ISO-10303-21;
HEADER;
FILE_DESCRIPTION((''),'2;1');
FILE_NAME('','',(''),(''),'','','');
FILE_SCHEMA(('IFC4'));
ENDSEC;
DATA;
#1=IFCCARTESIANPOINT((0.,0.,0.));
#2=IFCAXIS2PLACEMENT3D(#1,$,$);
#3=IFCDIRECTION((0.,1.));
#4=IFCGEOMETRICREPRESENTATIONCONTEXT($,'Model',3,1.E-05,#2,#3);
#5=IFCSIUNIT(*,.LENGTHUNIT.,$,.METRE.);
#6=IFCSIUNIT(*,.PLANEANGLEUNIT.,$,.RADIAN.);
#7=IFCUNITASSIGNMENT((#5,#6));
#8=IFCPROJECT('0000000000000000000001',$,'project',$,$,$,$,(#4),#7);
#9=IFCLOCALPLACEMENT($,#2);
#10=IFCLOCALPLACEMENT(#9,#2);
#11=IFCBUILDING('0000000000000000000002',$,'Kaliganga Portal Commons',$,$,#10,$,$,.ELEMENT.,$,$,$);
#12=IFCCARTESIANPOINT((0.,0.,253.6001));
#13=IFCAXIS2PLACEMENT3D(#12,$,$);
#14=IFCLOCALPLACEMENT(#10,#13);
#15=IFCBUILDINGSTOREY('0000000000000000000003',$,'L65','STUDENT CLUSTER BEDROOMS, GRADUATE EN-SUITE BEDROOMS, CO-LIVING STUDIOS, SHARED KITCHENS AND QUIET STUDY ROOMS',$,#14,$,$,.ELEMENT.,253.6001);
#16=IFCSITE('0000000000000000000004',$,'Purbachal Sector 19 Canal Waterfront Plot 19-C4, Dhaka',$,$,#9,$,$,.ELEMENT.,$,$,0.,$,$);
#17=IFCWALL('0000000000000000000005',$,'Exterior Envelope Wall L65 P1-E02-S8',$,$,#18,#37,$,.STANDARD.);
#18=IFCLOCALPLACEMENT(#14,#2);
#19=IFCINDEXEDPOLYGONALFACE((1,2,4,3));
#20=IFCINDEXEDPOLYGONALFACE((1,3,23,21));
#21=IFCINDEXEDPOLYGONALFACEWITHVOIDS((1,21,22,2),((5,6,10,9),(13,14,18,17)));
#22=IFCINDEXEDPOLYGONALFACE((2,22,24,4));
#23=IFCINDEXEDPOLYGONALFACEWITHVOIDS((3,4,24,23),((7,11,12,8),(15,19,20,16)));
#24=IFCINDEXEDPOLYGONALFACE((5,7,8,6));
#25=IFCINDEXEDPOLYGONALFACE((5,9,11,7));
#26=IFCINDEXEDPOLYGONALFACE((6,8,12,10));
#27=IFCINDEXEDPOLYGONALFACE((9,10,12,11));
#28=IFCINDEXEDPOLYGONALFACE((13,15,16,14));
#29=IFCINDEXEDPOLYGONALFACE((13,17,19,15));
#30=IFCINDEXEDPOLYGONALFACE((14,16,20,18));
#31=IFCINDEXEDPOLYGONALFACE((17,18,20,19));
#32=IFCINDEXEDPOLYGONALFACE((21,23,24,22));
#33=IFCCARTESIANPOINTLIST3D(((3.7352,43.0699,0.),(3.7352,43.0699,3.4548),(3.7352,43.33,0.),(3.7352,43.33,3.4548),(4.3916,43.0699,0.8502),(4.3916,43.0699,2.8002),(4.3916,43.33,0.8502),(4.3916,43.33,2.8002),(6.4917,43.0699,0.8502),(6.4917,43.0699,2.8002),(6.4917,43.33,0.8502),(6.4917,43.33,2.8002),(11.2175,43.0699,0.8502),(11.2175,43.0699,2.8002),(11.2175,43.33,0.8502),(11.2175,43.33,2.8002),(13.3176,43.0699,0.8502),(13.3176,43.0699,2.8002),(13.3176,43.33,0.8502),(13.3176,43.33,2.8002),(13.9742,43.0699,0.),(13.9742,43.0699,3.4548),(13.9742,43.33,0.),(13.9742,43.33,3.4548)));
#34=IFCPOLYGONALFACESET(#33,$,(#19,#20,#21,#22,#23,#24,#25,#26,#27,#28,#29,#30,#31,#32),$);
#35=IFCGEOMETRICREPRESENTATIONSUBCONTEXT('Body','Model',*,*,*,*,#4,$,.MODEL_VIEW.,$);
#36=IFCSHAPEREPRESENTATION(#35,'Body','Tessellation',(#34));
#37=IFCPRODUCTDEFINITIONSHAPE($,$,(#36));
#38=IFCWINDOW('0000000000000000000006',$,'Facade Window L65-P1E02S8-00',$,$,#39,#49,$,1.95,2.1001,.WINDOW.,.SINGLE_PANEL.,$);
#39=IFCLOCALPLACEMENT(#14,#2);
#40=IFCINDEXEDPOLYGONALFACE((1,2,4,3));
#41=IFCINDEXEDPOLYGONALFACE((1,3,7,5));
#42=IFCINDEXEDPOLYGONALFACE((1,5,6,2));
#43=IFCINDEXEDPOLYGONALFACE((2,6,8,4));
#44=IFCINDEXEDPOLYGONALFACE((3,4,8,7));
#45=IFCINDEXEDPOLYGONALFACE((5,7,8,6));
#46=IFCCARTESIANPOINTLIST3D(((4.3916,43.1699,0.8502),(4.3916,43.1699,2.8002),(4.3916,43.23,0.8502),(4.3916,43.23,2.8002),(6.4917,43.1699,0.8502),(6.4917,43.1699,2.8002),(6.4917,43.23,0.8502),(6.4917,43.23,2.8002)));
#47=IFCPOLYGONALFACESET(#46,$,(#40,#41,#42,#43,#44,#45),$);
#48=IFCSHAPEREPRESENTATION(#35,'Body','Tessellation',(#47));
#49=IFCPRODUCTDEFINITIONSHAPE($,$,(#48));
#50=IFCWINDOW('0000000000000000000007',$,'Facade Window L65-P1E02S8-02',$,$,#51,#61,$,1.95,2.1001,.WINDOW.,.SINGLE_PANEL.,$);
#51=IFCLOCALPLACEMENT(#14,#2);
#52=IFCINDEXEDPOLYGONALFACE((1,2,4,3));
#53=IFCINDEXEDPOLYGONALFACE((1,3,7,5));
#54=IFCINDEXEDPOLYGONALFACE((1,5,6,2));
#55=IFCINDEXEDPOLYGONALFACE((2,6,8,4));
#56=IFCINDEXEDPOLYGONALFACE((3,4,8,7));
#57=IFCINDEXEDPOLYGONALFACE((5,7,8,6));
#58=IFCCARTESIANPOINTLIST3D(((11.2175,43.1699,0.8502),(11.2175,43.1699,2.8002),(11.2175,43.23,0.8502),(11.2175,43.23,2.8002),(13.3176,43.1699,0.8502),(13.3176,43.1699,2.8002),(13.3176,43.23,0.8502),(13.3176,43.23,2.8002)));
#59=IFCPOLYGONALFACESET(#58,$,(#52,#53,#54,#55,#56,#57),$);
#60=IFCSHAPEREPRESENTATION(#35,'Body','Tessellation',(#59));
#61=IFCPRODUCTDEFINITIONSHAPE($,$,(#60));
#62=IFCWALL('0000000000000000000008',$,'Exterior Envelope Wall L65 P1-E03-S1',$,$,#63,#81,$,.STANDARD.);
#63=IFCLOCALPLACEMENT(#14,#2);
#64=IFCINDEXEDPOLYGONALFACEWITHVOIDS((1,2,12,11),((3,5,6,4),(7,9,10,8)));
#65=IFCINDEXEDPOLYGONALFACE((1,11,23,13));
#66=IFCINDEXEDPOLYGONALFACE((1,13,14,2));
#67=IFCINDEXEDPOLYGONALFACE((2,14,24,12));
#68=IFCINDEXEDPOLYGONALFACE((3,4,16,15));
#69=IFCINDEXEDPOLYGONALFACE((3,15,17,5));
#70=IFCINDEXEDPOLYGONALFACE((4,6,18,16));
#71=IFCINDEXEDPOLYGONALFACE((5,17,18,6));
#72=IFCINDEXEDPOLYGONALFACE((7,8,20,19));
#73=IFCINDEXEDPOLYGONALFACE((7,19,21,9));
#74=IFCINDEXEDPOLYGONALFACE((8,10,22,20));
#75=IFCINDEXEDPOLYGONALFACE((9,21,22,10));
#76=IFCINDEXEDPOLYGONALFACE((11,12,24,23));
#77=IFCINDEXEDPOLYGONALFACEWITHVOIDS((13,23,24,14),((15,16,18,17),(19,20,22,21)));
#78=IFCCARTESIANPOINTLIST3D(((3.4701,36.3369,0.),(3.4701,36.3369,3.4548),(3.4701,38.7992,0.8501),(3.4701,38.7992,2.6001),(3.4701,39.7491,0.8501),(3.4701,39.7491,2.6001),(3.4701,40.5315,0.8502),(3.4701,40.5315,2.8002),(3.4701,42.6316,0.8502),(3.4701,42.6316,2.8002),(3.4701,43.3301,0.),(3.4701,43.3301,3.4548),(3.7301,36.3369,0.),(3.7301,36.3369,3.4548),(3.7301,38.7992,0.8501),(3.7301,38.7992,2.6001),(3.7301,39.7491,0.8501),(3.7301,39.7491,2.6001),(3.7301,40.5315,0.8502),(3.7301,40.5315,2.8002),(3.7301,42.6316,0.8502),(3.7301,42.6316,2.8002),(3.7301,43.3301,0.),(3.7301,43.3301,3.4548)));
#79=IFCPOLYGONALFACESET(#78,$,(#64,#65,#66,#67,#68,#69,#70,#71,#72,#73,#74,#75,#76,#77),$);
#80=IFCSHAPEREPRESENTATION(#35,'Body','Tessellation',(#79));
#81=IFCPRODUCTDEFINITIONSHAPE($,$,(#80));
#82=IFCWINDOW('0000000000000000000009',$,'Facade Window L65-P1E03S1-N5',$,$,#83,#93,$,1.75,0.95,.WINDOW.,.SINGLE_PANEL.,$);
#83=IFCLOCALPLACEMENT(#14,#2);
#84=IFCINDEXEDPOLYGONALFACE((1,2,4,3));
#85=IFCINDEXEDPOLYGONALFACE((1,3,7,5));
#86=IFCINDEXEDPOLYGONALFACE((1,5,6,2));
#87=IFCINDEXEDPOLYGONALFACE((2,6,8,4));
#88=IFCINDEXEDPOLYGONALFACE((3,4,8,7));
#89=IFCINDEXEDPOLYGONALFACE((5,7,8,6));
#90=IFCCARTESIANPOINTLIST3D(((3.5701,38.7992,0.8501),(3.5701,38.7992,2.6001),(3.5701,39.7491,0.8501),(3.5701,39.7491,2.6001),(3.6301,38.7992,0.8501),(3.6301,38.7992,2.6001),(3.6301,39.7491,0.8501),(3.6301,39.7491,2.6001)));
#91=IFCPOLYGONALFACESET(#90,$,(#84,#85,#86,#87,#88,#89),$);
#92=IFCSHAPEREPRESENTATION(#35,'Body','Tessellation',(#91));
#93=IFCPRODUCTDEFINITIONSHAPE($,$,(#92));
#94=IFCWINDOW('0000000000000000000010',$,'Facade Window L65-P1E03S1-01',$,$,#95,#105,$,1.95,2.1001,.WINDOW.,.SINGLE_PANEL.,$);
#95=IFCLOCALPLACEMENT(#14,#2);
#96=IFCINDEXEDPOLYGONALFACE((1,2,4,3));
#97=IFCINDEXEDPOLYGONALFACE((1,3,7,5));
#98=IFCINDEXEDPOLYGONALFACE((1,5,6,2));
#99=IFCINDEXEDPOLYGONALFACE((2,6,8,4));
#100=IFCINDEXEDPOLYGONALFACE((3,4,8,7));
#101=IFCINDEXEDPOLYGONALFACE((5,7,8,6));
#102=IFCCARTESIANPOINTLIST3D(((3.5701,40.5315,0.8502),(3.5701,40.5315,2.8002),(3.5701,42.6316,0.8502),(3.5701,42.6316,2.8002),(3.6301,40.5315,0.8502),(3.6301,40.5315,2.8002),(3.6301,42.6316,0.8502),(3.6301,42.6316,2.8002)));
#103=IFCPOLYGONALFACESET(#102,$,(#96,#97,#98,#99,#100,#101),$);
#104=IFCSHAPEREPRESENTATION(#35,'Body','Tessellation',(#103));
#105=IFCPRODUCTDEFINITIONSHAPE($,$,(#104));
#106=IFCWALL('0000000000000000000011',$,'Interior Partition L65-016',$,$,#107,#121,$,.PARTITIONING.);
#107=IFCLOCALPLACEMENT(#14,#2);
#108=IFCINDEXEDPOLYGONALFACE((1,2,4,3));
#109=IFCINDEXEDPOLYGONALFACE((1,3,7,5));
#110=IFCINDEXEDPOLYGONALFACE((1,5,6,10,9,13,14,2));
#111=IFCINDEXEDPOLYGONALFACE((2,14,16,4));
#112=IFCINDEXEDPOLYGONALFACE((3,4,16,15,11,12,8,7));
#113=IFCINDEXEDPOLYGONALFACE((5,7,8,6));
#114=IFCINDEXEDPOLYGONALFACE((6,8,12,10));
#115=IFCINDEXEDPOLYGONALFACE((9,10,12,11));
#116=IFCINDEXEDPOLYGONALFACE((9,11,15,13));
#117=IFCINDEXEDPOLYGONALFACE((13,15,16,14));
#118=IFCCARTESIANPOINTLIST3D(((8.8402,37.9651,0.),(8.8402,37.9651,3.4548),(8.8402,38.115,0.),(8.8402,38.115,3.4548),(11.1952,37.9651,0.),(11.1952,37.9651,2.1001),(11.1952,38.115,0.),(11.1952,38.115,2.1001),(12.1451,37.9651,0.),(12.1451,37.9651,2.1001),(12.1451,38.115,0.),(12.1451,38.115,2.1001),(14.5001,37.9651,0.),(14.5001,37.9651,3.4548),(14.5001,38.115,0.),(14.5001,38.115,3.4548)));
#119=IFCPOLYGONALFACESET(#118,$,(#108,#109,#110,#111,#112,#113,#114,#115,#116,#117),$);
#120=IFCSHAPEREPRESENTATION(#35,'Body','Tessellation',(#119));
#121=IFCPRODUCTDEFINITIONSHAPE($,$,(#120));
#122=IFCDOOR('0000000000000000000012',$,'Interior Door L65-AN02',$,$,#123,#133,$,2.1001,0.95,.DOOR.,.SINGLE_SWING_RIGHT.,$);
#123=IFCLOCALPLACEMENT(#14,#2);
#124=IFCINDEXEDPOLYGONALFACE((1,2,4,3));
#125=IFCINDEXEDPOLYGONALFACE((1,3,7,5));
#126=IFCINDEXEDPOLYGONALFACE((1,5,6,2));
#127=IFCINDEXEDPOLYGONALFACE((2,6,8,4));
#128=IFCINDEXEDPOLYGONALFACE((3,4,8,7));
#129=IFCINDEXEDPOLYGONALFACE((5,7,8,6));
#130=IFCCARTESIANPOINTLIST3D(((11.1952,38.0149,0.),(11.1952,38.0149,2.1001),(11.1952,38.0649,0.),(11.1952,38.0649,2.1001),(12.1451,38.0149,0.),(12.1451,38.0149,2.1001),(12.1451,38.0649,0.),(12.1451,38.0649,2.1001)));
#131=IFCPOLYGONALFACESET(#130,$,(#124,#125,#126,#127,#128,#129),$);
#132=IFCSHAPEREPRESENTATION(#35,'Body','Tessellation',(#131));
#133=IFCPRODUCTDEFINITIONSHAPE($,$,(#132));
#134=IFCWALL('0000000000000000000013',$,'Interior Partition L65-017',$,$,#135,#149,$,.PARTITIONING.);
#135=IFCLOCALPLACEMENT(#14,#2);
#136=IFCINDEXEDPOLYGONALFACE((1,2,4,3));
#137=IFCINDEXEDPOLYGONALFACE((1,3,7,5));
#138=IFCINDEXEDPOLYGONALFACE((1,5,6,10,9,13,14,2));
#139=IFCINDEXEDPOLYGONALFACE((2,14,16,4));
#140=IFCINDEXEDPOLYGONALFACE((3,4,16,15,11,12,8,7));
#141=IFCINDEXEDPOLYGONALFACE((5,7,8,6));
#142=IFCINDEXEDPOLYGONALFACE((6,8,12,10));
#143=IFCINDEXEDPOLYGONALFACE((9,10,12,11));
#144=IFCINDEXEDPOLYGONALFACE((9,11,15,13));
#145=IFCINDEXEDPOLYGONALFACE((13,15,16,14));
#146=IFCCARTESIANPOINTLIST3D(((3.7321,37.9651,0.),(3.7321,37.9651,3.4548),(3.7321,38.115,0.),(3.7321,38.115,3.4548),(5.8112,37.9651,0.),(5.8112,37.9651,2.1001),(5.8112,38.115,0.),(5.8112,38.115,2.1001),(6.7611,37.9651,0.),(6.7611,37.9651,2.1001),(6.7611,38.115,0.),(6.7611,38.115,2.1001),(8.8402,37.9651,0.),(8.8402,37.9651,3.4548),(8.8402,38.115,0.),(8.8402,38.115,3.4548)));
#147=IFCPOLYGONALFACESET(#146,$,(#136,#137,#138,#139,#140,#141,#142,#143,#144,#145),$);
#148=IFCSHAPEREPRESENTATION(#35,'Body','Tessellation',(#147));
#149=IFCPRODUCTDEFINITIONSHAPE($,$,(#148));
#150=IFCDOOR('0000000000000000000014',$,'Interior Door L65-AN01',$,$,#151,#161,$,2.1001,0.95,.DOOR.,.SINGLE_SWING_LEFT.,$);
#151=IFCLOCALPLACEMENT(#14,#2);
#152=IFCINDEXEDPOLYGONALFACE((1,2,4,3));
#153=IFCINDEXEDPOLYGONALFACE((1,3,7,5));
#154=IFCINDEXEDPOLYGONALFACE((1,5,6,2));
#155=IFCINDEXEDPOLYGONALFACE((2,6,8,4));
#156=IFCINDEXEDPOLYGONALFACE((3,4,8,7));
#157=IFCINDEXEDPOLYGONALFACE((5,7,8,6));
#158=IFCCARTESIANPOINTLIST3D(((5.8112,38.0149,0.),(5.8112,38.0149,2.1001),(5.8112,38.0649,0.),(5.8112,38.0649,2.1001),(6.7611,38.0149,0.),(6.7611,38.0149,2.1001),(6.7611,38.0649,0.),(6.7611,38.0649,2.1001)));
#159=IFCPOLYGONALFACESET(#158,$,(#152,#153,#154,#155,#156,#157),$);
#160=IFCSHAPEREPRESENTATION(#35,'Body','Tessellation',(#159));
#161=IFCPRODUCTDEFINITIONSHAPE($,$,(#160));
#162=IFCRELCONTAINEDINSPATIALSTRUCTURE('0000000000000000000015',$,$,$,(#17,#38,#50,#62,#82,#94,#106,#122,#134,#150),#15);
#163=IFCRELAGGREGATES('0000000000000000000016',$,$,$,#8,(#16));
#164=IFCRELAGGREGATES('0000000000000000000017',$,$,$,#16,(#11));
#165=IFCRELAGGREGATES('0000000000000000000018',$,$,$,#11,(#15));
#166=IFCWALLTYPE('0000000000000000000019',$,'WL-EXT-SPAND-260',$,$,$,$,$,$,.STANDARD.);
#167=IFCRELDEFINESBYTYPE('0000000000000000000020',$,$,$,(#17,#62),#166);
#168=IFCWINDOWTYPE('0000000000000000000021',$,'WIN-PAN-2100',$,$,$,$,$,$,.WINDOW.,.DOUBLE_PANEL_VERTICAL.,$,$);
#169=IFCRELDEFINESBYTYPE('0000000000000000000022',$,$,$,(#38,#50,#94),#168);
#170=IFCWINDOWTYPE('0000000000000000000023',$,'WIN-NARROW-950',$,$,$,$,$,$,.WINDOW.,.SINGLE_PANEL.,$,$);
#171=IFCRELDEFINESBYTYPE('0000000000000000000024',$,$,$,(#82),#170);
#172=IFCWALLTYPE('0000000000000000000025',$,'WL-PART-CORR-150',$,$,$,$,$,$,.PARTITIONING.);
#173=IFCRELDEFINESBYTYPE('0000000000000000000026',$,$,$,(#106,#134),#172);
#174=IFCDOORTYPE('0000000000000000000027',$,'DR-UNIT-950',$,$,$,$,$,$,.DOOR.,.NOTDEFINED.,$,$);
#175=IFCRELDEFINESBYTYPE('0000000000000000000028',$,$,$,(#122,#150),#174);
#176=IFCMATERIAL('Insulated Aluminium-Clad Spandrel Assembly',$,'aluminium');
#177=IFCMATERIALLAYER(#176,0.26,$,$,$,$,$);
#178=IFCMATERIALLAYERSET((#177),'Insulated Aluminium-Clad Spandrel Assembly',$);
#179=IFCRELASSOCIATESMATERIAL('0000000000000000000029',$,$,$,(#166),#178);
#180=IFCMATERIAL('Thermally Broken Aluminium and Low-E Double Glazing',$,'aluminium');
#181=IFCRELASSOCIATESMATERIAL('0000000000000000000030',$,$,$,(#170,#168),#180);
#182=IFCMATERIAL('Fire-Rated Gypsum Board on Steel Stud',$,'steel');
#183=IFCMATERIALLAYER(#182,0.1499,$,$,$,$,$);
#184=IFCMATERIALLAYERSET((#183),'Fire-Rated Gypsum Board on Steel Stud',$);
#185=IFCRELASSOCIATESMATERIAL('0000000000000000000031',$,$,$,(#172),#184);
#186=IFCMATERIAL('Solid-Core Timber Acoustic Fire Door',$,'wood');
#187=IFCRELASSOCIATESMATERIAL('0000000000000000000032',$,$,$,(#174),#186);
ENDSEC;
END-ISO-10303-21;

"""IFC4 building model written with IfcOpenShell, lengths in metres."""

from ifc_helpers import new_model, si_unit, direction, frame, frame_2d, origin, place, context, subcontext, project, spatial, rectangle, extrude, material, layer, layer_set, type_object, element, fill, save


model = new_model("IFC4")

# Units and contexts
model_context = context("Model", 3, precision=1e-05, world=origin(), true_north=direction((0.0, 1.0)))
body_context = subcontext(model_context, "Body", "Model", "MODEL_VIEW")
ifc_project = project(units=[si_unit("LENGTHUNIT", "METRE"), si_unit("PLANEANGLEUNIT", "RADIAN")], contexts=[model_context])

# Site, building, storey
site_placement = place(None, origin())
site = spatial("IfcSite", under=ifc_project, at=site_placement, Name="Purbachal Sector 19 Canal Waterfront Plot 19-C4, Dhaka", CompositionType="ELEMENT", RefElevation=0.0)
building_placement = place(site_placement, origin())
building = spatial("IfcBuilding", under=site, at=building_placement, Name="Kaliganga Portal Commons", CompositionType="ELEMENT")
storey_placement = place(building_placement, frame((0.0, 0.0, 253.6001)))
storey = spatial("IfcBuildingStorey", under=building, at=storey_placement, Name="L65", Description="STUDENT CLUSTER BEDROOMS, GRADUATE EN-SUITE BEDROOMS, CO-LIVING STUDIOS, SHARED KITCHENS AND QUIET STUDY ROOMS", CompositionType="ELEMENT", Elevation=253.6001)

# Shared definitions
ifc_material_1 = material(Name="Insulated Aluminium-Clad Spandrel Assembly", Category="aluminium")
ifc_layer_1 = layer(ifc_material_1, 0.26)
ifc_layer_set_1 = layer_set([ifc_layer_1], Name="Insulated Aluminium-Clad Spandrel Assembly")
wall_type_1 = type_object("IfcWallType", Name="WL-EXT-SPAND-260", PredefinedType="STANDARD", material=ifc_layer_set_1)
ifc_material_2 = material(Name="Thermally Broken Aluminium and Low-E Double Glazing", Category="aluminium")
window_type_1 = type_object("IfcWindowType", Name="WIN-NARROW-950", PartitioningType="SINGLE_PANEL", PredefinedType="WINDOW", material=ifc_material_2)

# Walls, openings, windows
wall_1_placement = place(storey_placement, frame((3.7351, 43.2, 0.0), z_axis=(0.0, 0.0, 1.0), x_axis=(1.0, 0.0, 0.0)))
wall_1 = element("IfcWall", 1, at=wall_1_placement, inside=storey, type_object=wall_type_1, Name="Exterior Envelope Wall L65 P1-E02-S8", PredefinedType="STANDARD", context=body_context, shape_type="SweptSolid", body=[
    extrude(rectangle(XDim=10.239, YDim=0.26, at=frame_2d((5.1196, 0.0))), origin(), (0.0, 0.0, 1.0), 3.4548),
])
opening_1_placement = place(wall_1_placement, frame((0.6565, 0.0, 0.8501)))
opening_1 = element("IfcOpeningElement", 2, at=opening_1_placement, cuts=wall_1, PredefinedType="OPENING", context=body_context, shape_type="SweptSolid", body=[
    extrude(rectangle(XDim=2.1001, YDim=1.95, at=frame_2d((1.05, 0.9751))), frame((0.0, 0.1401, 0.0), z_axis=(0.0, -1.0, 0.0), x_axis=(1.0, 0.0, 0.0)), (0.0, 0.0, 1.0), 0.28),
])
opening_2_placement = place(wall_1_placement, frame((7.4824, 0.0, 0.8501)))
opening_2 = element("IfcOpeningElement", 3, at=opening_2_placement, cuts=wall_1, PredefinedType="OPENING", context=body_context, shape_type="SweptSolid", body=[
    extrude(rectangle(XDim=2.1001, YDim=1.95, at=frame_2d((1.05, 0.9751))), frame((0.0, 0.1401, 0.0), z_axis=(0.0, -1.0, 0.0), x_axis=(1.0, 0.0, 0.0)), (0.0, 0.0, 1.0), 0.28),
])
window_type_2 = type_object("IfcWindowType", Name="WIN-PAN-2100", PartitioningType="DOUBLE_PANEL_VERTICAL", PredefinedType="WINDOW", material=ifc_material_2)
window_1_placement = place(opening_1_placement, origin())
window_1 = element("IfcWindow", 4, at=window_1_placement, inside=storey, type_object=window_type_2, Name="Facade Window L65-P1E02S8-00", OverallHeight=1.95, OverallWidth=2.1001, PartitioningType="SINGLE_PANEL", PredefinedType="WINDOW", context=body_context, shape_type="SweptSolid", body=[
    extrude(rectangle(XDim=2.1001, YDim=1.95, at=frame_2d((1.05, 0.9751))), frame((0.0, 0.03, 0.0), z_axis=(0.0, -1.0, 0.0), x_axis=(1.0, 0.0, 0.0)), (0.0, 0.0, 1.0), 0.0601),
])
fill(opening_1, window_1)
window_2_placement = place(opening_2_placement, origin())
window_2 = element("IfcWindow", 5, at=window_2_placement, inside=storey, type_object=window_type_2, Name="Facade Window L65-P1E02S8-02", OverallHeight=1.95, OverallWidth=2.1001, PartitioningType="SINGLE_PANEL", PredefinedType="WINDOW", context=body_context, shape_type="SweptSolid", body=[
    extrude(rectangle(XDim=2.1001, YDim=1.95, at=frame_2d((1.05, 0.9751))), frame((0.0, 0.03, 0.0), z_axis=(0.0, -1.0, 0.0), x_axis=(1.0, 0.0, 0.0)), (0.0, 0.0, 1.0), 0.0601),
])
fill(opening_2, window_2)
wall_2_placement = place(storey_placement, frame((3.6001, 36.3369, 0.0), z_axis=(0.0, 0.0, 1.0), x_axis=(0.0, 1.0, 0.0)))
wall_2 = element("IfcWall", 6, at=wall_2_placement, inside=storey, type_object=wall_type_1, Name="Exterior Envelope Wall L65 P1-E03-S1", PredefinedType="STANDARD", context=body_context, shape_type="SweptSolid", body=[
    extrude(rectangle(XDim=6.9932, YDim=0.26, at=frame_2d((3.4966, 0.0))), origin(), (0.0, 0.0, 1.0), 3.4548),
])
opening_3_placement = place(wall_2_placement, frame((4.1946, 0.0, 0.8501)))
opening_3 = element("IfcOpeningElement", 7, at=opening_3_placement, cuts=wall_2, PredefinedType="OPENING", context=body_context, shape_type="SweptSolid", body=[
    extrude(rectangle(XDim=2.1001, YDim=1.95, at=frame_2d((1.05, 0.9751))), frame((0.0, 0.1401, 0.0), z_axis=(0.0, -1.0, 0.0), x_axis=(1.0, 0.0, 0.0)), (0.0, 0.0, 1.0), 0.28),
])
opening_4_placement = place(wall_2_placement, frame((2.4622, 0.0, 0.8501)))
opening_4 = element("IfcOpeningElement", 8, at=opening_4_placement, cuts=wall_2, PredefinedType="OPENING", context=body_context, shape_type="SweptSolid", body=[
    extrude(rectangle(XDim=0.95, YDim=1.75, at=frame_2d((0.4751, 0.875))), frame((0.0, 0.1401, 0.0), z_axis=(0.0, -1.0, 0.0), x_axis=(1.0, 0.0, 0.0)), (0.0, 0.0, 1.0), 0.28),
])
window_3_placement = place(opening_4_placement, origin())
window_3 = element("IfcWindow", 9, at=window_3_placement, inside=storey, type_object=window_type_1, Name="Facade Window L65-P1E03S1-N5", OverallHeight=1.75, OverallWidth=0.95, PartitioningType="SINGLE_PANEL", PredefinedType="WINDOW", context=body_context, shape_type="SweptSolid", body=[
    extrude(rectangle(XDim=0.95, YDim=1.75, at=frame_2d((0.4751, 0.875))), frame((0.0, 0.03, 0.0), z_axis=(0.0, -1.0, 0.0), x_axis=(1.0, 0.0, 0.0)), (0.0, 0.0, 1.0), 0.0601),
])
fill(opening_4, window_3)
window_4_placement = place(opening_3_placement, origin())
window_4 = element("IfcWindow", 10, at=window_4_placement, inside=storey, type_object=window_type_2, Name="Facade Window L65-P1E03S1-01", OverallHeight=1.95, OverallWidth=2.1001, PartitioningType="SINGLE_PANEL", PredefinedType="WINDOW", context=body_context, shape_type="SweptSolid", body=[
    extrude(rectangle(XDim=2.1001, YDim=1.95, at=frame_2d((1.05, 0.9751))), frame((0.0, 0.03, 0.0), z_axis=(0.0, -1.0, 0.0), x_axis=(1.0, 0.0, 0.0)), (0.0, 0.0, 1.0), 0.0601),
])
fill(opening_3, window_4)

# Walls, openings, doors
ifc_material_3 = material(Name="Fire-Rated Gypsum Board on Steel Stud", Category="steel")
ifc_layer_2 = layer(ifc_material_3, 0.1499)
ifc_layer_set_2 = layer_set([ifc_layer_2], Name="Fire-Rated Gypsum Board on Steel Stud")
wall_type_2 = type_object("IfcWallType", Name="WL-PART-CORR-150", PredefinedType="PARTITIONING", material=ifc_layer_set_2)
wall_3_placement = place(storey_placement, frame((8.8401, 38.04, 0.0), z_axis=(0.0, 0.0, 1.0), x_axis=(1.0, 0.0, 0.0)))
wall_3 = element("IfcWall", 11, at=wall_3_placement, inside=storey, type_object=wall_type_2, Name="Interior Partition L65-016", PredefinedType="PARTITIONING", context=body_context, shape_type="SweptSolid", body=[
    extrude(rectangle(XDim=5.6599, YDim=0.1499, at=frame_2d((2.8301, 0.0))), origin(), (0.0, 0.0, 1.0), 3.4548),
])
opening_5_placement = place(wall_3_placement, frame((2.355, 0.0, 0.0)))
opening_5 = element("IfcOpeningElement", 12, at=opening_5_placement, cuts=wall_3, PredefinedType="OPENING", context=body_context, shape_type="SweptSolid", body=[
    extrude(rectangle(XDim=0.95, YDim=2.1001, at=frame_2d((0.4751, 1.05))), frame((0.0, 0.085, 0.0), z_axis=(0.0, -1.0, 0.0), x_axis=(1.0, 0.0, 0.0)), (0.0, 0.0, 1.0), 0.1699),
])
ifc_material_4 = material(Name="Solid-Core Timber Acoustic Fire Door", Category="wood")
door_type_1 = type_object("IfcDoorType", Name="DR-UNIT-950", OperationType="NOTDEFINED", PredefinedType="DOOR", material=ifc_material_4)
door_1_placement = place(opening_5_placement, origin())
door_1 = element("IfcDoor", 13, at=door_1_placement, inside=storey, type_object=door_type_1, Name="Interior Door L65-AN02", OperationType="SINGLE_SWING_RIGHT", OverallHeight=2.1001, OverallWidth=0.95, PredefinedType="DOOR", context=body_context, shape_type="SweptSolid", body=[
    extrude(rectangle(XDim=0.95, YDim=2.1001, at=frame_2d((0.4751, 1.05))), frame((0.0, 0.0249, 0.0), z_axis=(0.0, -1.0, 0.0), x_axis=(1.0, 0.0, 0.0)), (0.0, 0.0, 1.0), 0.05),
])
fill(opening_5, door_1)
wall_4_placement = place(storey_placement, frame((3.7319, 38.04, 0.0), z_axis=(0.0, 0.0, 1.0), x_axis=(1.0, 0.0, 0.0)))
wall_4 = element("IfcWall", 14, at=wall_4_placement, inside=storey, type_object=wall_type_2, Name="Interior Partition L65-017", PredefinedType="PARTITIONING", context=body_context, shape_type="SweptSolid", body=[
    extrude(rectangle(XDim=5.1082, YDim=0.1499, at=frame_2d((2.5542, 0.0))), origin(), (0.0, 0.0, 1.0), 3.4548),
])
opening_6_placement = place(wall_4_placement, frame((2.0791, 0.0, 0.0)))
opening_6 = element("IfcOpeningElement", 15, at=opening_6_placement, cuts=wall_4, PredefinedType="OPENING", context=body_context, shape_type="SweptSolid", body=[
    extrude(rectangle(XDim=0.95, YDim=2.1001, at=frame_2d((0.4751, 1.05))), frame((0.0, 0.085, 0.0), z_axis=(0.0, -1.0, 0.0), x_axis=(1.0, 0.0, 0.0)), (0.0, 0.0, 1.0), 0.1699),
])
door_2_placement = place(opening_6_placement, origin())
door_2 = element("IfcDoor", 16, at=door_2_placement, inside=storey, type_object=door_type_1, Name="Interior Door L65-AN01", OperationType="SINGLE_SWING_LEFT", OverallHeight=2.1001, OverallWidth=0.95, PredefinedType="DOOR", context=body_context, shape_type="SweptSolid", body=[
    extrude(rectangle(XDim=0.95, YDim=2.1001, at=frame_2d((0.4751, 1.05))), frame((0.0, 0.0249, 0.0), z_axis=(0.0, -1.0, 0.0), x_axis=(1.0, 0.0, 0.0)), (0.0, 0.0, 1.0), 0.05),
])
fill(opening_6, door_2)

save(model, "model.ifc")
